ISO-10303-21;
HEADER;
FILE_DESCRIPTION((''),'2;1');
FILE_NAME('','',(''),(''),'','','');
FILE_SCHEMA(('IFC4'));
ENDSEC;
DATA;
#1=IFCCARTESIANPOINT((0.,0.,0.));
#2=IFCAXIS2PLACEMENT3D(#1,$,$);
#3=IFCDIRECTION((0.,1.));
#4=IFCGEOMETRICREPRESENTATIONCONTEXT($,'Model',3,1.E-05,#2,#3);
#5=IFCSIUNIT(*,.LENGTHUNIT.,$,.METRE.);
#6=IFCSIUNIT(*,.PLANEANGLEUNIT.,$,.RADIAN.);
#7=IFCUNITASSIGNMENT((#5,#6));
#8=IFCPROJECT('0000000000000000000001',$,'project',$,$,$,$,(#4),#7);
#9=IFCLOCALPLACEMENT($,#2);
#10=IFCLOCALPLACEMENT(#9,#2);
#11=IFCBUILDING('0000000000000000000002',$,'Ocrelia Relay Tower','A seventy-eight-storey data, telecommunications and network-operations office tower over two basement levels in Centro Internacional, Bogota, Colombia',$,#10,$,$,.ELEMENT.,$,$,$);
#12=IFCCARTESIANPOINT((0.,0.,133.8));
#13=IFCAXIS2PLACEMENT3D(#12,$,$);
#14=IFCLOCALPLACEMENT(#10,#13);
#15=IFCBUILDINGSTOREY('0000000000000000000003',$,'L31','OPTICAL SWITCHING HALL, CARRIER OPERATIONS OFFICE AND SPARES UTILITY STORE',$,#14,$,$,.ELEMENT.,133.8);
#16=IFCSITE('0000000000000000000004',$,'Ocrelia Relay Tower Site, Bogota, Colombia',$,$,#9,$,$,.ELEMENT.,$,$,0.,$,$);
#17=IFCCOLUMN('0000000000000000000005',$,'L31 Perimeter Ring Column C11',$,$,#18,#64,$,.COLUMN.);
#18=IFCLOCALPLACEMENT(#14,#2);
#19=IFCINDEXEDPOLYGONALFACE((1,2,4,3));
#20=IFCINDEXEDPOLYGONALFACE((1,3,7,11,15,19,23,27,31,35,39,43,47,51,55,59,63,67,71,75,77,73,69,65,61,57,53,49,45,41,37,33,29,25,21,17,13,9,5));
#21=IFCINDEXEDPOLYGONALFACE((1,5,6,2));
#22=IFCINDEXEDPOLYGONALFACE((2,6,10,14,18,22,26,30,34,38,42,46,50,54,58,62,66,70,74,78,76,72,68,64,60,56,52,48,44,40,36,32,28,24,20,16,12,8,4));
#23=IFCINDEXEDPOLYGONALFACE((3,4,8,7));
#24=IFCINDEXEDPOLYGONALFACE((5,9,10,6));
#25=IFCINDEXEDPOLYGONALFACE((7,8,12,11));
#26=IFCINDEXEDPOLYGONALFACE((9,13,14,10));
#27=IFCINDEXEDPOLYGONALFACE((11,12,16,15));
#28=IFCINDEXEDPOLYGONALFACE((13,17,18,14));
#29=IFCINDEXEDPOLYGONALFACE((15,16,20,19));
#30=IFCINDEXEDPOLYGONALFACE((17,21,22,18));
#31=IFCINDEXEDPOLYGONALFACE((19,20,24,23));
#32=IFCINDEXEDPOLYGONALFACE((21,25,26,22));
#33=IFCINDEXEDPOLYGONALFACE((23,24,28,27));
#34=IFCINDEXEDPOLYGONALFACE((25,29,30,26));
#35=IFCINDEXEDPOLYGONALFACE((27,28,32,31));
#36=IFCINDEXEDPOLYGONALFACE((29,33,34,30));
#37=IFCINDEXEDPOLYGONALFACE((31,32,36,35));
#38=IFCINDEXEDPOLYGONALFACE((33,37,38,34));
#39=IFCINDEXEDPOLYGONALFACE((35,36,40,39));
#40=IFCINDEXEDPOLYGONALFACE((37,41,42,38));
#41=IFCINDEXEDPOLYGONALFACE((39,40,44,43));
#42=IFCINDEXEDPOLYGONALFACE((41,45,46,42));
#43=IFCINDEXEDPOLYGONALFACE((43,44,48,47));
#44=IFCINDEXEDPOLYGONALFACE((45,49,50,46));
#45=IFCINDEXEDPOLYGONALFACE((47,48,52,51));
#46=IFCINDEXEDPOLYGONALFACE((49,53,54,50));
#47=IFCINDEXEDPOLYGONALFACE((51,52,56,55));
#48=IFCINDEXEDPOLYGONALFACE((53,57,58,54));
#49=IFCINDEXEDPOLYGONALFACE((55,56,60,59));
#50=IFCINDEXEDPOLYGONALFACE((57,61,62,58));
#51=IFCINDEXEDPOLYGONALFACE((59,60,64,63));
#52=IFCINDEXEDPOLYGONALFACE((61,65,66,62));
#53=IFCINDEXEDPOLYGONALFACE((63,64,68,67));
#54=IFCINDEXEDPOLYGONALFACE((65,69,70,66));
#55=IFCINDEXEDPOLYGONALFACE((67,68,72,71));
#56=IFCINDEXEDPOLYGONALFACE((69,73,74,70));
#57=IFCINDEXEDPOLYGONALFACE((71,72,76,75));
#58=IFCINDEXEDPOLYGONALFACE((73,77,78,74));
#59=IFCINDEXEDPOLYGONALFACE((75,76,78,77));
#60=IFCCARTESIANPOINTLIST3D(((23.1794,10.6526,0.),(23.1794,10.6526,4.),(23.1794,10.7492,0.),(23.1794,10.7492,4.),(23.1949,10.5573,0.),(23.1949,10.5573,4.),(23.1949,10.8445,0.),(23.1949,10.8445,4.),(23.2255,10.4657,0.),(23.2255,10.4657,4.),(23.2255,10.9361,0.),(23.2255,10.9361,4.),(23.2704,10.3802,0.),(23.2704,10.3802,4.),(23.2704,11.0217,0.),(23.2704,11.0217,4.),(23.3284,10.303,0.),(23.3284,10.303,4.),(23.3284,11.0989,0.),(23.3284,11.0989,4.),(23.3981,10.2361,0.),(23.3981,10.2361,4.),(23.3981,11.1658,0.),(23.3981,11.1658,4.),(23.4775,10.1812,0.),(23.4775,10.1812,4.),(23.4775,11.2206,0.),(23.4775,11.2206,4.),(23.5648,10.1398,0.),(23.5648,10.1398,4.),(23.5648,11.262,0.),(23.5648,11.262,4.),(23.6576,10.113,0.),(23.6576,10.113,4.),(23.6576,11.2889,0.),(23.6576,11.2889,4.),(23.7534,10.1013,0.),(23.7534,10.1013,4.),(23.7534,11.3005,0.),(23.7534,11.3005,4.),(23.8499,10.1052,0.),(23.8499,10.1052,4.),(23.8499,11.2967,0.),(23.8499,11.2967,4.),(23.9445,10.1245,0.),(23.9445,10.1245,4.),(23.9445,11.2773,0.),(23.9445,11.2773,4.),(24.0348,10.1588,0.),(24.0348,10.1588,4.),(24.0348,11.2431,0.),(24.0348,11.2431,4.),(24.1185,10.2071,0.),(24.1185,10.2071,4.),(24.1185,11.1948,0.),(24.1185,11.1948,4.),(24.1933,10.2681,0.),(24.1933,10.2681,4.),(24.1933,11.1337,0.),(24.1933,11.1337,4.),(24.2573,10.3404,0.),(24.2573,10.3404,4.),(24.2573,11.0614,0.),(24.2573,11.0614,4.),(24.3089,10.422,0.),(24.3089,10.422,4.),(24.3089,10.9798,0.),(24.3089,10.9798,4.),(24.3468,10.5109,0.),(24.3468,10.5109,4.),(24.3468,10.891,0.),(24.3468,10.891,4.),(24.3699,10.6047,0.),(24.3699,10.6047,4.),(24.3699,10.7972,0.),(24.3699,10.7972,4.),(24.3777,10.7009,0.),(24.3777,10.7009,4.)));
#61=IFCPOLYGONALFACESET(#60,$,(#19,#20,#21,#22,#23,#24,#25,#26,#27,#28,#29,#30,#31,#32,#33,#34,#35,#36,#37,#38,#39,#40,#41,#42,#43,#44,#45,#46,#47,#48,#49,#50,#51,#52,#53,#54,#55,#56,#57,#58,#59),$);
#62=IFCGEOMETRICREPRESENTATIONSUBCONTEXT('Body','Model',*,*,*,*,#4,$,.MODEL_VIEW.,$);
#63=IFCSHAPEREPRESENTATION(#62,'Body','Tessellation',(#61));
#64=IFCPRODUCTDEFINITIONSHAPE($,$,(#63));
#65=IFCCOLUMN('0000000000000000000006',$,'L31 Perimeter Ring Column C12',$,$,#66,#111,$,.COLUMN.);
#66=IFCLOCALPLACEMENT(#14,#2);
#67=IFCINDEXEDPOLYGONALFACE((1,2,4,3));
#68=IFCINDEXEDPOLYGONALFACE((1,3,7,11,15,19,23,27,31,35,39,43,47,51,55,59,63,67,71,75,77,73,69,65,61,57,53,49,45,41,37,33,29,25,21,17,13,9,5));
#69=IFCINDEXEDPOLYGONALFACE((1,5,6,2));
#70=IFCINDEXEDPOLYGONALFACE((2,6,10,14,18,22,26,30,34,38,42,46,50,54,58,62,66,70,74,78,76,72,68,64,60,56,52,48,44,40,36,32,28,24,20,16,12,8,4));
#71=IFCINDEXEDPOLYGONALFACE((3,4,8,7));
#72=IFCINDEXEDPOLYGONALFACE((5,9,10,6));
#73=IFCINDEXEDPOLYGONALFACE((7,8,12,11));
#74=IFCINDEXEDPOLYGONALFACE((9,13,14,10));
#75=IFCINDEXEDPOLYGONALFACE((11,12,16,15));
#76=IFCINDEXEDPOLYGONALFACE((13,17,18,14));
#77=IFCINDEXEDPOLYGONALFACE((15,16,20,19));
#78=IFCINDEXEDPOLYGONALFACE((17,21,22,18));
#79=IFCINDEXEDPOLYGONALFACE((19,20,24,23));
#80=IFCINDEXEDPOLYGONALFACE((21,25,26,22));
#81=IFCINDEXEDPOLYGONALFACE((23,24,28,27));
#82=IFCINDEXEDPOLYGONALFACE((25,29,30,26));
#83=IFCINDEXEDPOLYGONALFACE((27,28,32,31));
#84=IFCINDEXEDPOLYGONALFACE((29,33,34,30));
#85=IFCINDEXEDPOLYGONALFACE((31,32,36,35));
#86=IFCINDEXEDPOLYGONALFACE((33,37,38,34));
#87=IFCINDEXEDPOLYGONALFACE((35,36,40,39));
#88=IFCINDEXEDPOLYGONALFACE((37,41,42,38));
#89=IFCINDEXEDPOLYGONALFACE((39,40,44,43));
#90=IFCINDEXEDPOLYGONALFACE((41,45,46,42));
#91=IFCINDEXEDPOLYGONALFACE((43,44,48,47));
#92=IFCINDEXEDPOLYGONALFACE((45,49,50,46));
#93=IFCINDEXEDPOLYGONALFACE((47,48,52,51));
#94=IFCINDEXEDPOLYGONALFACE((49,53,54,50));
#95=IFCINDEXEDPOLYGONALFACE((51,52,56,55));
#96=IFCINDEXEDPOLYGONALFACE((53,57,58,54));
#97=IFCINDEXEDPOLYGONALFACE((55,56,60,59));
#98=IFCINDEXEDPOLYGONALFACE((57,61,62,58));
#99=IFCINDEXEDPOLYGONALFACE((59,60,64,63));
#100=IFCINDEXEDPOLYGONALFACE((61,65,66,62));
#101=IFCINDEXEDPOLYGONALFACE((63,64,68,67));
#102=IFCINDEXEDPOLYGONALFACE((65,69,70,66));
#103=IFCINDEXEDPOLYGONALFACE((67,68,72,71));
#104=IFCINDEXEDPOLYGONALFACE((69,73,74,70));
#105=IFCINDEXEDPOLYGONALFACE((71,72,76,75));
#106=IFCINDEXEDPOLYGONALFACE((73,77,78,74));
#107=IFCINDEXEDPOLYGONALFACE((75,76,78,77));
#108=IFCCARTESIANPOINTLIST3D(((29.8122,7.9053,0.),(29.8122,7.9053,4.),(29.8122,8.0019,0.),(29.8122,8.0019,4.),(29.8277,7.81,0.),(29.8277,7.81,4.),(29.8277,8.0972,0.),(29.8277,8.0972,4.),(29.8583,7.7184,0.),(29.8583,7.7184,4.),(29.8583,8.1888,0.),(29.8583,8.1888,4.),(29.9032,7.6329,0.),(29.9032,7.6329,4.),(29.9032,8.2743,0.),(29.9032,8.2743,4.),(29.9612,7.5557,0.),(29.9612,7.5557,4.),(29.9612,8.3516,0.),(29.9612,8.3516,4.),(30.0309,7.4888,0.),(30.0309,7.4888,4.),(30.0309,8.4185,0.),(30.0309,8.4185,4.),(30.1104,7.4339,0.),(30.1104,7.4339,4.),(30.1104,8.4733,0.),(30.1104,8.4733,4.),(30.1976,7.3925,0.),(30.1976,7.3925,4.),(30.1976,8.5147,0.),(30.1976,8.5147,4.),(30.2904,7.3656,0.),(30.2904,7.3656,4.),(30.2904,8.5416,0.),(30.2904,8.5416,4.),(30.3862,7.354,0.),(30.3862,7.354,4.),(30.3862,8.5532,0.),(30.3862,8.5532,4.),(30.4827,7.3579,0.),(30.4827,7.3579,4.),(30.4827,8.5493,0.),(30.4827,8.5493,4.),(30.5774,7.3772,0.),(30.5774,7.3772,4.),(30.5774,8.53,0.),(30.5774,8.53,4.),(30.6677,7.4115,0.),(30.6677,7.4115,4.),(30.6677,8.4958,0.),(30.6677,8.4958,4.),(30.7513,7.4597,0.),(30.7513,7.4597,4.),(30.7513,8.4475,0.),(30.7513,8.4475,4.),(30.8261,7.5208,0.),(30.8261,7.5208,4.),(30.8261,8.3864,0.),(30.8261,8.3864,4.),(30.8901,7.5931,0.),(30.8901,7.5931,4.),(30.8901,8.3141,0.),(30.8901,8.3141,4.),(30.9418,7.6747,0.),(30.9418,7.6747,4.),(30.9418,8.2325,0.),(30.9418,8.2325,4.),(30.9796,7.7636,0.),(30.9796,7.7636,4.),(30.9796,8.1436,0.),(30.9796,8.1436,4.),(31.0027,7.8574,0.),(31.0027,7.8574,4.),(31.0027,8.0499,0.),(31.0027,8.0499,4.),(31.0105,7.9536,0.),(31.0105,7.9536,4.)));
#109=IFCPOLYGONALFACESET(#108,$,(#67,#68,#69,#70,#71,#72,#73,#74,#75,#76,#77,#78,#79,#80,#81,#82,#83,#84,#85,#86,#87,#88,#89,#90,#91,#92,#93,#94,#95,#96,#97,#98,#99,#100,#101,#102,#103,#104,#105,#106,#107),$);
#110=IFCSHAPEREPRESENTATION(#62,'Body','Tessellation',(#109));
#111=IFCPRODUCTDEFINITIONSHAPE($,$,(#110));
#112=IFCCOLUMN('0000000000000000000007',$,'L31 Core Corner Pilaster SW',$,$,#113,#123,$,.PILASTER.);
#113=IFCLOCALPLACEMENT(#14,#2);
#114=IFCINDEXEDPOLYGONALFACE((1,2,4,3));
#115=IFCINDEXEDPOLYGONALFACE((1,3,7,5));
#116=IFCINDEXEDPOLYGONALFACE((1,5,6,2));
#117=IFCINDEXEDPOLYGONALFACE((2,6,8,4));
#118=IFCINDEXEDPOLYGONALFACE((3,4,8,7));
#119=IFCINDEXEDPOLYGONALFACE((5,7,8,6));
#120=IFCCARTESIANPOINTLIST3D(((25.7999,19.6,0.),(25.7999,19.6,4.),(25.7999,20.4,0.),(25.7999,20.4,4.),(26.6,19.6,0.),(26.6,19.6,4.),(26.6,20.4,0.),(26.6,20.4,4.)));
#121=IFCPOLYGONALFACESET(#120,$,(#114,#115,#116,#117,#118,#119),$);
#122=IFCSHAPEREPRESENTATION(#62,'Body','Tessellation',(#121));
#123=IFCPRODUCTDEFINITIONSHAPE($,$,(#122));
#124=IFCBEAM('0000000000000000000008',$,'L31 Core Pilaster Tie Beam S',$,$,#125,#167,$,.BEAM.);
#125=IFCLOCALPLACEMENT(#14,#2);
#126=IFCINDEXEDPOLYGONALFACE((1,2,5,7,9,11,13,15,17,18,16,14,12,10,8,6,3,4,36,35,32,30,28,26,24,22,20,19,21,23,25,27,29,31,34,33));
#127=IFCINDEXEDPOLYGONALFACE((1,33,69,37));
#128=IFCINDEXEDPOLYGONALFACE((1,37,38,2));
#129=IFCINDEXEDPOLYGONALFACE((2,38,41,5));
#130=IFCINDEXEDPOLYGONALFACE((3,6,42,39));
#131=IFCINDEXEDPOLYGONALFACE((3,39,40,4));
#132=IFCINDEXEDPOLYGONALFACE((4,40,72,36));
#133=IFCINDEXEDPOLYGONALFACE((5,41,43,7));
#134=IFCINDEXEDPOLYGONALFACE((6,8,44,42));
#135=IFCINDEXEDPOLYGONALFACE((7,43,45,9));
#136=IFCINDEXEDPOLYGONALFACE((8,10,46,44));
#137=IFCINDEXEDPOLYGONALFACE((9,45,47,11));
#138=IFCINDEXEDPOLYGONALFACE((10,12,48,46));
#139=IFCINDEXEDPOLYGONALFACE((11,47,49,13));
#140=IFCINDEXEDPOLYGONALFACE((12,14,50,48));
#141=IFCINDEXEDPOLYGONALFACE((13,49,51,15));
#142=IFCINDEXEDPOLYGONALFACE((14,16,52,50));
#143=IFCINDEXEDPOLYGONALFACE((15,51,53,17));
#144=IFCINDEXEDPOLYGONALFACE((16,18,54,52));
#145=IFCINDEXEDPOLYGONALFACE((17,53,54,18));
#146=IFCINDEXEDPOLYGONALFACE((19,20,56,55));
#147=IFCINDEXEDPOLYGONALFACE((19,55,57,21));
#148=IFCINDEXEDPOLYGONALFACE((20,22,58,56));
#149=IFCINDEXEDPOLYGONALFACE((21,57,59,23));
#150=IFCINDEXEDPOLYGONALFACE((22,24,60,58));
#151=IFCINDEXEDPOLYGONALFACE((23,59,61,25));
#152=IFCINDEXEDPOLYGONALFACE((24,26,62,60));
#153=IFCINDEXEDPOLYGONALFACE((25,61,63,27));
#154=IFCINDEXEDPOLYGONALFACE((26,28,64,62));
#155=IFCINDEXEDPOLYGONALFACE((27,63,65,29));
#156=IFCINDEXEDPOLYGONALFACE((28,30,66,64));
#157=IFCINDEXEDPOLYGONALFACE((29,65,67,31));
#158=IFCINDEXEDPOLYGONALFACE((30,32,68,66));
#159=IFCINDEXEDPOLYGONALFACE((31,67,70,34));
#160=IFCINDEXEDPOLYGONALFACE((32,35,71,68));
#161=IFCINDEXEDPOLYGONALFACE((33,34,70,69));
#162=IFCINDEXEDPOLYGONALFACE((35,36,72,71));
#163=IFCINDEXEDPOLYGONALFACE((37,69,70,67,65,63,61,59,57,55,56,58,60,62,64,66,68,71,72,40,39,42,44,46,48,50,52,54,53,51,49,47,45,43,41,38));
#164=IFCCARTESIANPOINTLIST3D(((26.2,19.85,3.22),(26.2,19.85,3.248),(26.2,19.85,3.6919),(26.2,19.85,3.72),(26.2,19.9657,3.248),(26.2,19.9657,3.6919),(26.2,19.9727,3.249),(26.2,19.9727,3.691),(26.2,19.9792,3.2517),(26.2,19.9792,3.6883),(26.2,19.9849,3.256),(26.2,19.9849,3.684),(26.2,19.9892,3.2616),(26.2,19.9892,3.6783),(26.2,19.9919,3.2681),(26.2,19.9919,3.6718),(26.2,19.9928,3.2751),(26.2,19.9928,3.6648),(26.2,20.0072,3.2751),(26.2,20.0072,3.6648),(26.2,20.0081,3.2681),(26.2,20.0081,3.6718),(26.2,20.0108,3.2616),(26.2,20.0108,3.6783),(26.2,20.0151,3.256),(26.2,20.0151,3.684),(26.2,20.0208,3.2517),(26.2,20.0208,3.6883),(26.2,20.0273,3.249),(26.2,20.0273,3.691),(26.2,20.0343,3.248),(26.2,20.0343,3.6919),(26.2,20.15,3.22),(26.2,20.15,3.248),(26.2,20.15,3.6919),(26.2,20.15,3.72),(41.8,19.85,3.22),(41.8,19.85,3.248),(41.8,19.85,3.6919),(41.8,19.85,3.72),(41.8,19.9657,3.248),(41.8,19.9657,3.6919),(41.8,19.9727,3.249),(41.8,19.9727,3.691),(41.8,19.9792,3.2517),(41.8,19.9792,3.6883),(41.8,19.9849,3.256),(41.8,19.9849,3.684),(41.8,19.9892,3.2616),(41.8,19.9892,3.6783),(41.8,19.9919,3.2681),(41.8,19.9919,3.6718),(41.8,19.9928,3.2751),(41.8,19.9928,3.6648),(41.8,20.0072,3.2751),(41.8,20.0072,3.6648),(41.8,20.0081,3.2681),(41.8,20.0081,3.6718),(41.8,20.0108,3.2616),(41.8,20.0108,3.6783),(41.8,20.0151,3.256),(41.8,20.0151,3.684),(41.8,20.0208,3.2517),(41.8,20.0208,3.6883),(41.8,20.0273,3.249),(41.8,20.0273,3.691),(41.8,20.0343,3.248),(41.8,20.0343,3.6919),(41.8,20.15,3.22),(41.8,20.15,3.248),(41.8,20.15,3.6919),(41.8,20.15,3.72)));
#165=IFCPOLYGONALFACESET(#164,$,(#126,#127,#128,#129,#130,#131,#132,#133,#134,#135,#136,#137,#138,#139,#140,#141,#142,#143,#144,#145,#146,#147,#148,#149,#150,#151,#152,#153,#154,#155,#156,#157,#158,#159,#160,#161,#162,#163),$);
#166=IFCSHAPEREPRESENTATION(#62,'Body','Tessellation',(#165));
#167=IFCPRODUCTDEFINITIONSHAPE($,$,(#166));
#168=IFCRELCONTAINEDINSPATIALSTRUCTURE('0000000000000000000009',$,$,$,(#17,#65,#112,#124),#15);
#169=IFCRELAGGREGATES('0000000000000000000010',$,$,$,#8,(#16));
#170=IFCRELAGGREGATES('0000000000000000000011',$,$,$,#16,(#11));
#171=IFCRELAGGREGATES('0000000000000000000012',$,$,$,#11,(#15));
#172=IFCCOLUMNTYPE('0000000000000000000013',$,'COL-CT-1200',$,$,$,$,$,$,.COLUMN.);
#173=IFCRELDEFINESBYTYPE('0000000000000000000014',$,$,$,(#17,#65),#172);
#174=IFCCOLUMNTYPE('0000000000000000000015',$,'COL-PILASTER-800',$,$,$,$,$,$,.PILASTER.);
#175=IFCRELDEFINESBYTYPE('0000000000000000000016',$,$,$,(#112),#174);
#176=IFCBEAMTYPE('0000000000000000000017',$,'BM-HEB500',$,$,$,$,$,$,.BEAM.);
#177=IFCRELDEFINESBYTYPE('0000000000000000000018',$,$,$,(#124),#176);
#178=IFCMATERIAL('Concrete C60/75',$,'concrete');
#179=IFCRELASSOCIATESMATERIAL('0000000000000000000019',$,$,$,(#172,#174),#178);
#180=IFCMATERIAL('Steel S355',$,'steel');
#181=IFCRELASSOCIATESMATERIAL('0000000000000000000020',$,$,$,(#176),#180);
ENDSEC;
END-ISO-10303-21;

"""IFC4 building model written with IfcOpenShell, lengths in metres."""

from ifc_helpers import new_model, si_unit, direction, frame, origin, origin_2d, place, context, subcontext, project, spatial, rectangle, circle, i_section, extrude, material, material_profile, profile_set, type_object, element, save


model = new_model("IFC4")

# Units and contexts
model_context = context("Model", 3, precision=1e-05, world=origin(), true_north=direction((0.0, 1.0)))
body_context = subcontext(model_context, "Body", "Model", "MODEL_VIEW")
ifc_project = project(units=[si_unit("LENGTHUNIT", "METRE"), si_unit("PLANEANGLEUNIT", "RADIAN")], contexts=[model_context])

# Site, building, storey
site_placement = place(None, origin())
site = spatial("IfcSite", under=ifc_project, at=site_placement, Name="Ocrelia Relay Tower Site, Bogota, Colombia", CompositionType="ELEMENT", RefElevation=0.0)
building_placement = place(site_placement, origin())
building = spatial("IfcBuilding", under=site, at=building_placement, Name="Ocrelia Relay Tower", Description="A seventy-eight-storey data, telecommunications and network-operations office tower over two basement levels in Centro Internacional, Bogota, Colombia", CompositionType="ELEMENT")
storey_placement = place(building_placement, frame((0.0, 0.0, 133.8)))
storey = spatial("IfcBuildingStorey", under=building, at=storey_placement, Name="L31", Description="OPTICAL SWITCHING HALL, CARRIER OPERATIONS OFFICE AND SPARES UTILITY STORE", CompositionType="ELEMENT", Elevation=133.8)

# Columns
ifc_material_1 = material(Name="Concrete C60/75", Category="concrete")
ifc_material_profile_1 = material_profile(ifc_material_1, circle(Radius=0.6001, at=origin_2d()), Name="RC-CIR-1200")
ifc_profile_set_1 = profile_set([ifc_material_profile_1], Name="Concrete C60/75")
column_type_1 = type_object("IfcColumnType", Name="COL-CT-1200", PredefinedType="COLUMN", material=ifc_profile_set_1)
for number, where, z_axis, x_axis, name in (
    (1, (23.7776, 10.7009, 0.0), (0.0, 0.0, 1.0), (1.0, 0.0, 0.0), "L31 Perimeter Ring Column C11"),
    (2, (30.4104, 7.9536, 0.0), (0.0, 0.0, 1.0), (1.0, 0.0, 0.0), "L31 Perimeter Ring Column C12"),
):
    element("IfcColumn", number, at=place(storey_placement, frame(where, z_axis=z_axis, x_axis=x_axis)), inside=storey, type_object=column_type_1, Name=name, PredefinedType="COLUMN", context=body_context, shape_type="SweptSolid", body=[
        extrude(circle(Radius=0.6001, at=origin_2d()), origin(), (0.0, 0.0, 1.0), 4.0),
    ])
ifc_material_profile_2 = material_profile(ifc_material_1, rectangle(XDim=0.8, YDim=0.8, at=origin_2d()), Name="RC-COL-800x800")
ifc_profile_set_2 = profile_set([ifc_material_profile_2], Name="Concrete C60/75")
column_type_2 = type_object("IfcColumnType", Name="COL-PILASTER-800", PredefinedType="PILASTER", material=ifc_profile_set_2)
column_placement = place(storey_placement, frame((26.2, 20.0, 0.0), z_axis=(0.0, 0.0, 1.0), x_axis=(1.0, 0.0, 0.0)))
element("IfcColumn", 3, at=column_placement, inside=storey, type_object=column_type_2, Name="L31 Core Corner Pilaster SW", PredefinedType="PILASTER", context=body_context, shape_type="SweptSolid", body=[
    extrude(rectangle(XDim=0.8, YDim=0.8, at=origin_2d()), origin(), (0.0, 0.0, 1.0), 4.0),
])

# Beam
ifc_material_2 = material(Name="Steel S355", Category="steel")
ifc_material_profile_3 = material_profile(ifc_material_2, i_section(OverallWidth=0.3, OverallDepth=0.5, WebThickness=0.0144, FlangeThickness=0.0281, FilletRadius=0.0271, at=origin_2d()), Name="HEB 500")
ifc_profile_set_3 = profile_set([ifc_material_profile_3], Name="Steel S355")
beam_type_1 = type_object("IfcBeamType", Name="BM-HEB500", PredefinedType="BEAM", material=ifc_profile_set_3)
beam_1_placement = place(storey_placement, frame((26.2, 20.0, 3.47), z_axis=(1.0, 0.0, 0.0), x_axis=(0.0, 1.0, 0.0)))
element("IfcBeam", 4, at=beam_1_placement, inside=storey, type_object=beam_type_1, Name="L31 Core Pilaster Tie Beam S", PredefinedType="BEAM", context=body_context, shape_type="SweptSolid", body=[
    extrude(i_section(OverallWidth=0.3, OverallDepth=0.5, WebThickness=0.0144, FlangeThickness=0.0281, FilletRadius=0.0271, at=origin_2d()), origin(), (0.0, 0.0, 1.0), 15.6001),
])

save(model, "model.ifc")
